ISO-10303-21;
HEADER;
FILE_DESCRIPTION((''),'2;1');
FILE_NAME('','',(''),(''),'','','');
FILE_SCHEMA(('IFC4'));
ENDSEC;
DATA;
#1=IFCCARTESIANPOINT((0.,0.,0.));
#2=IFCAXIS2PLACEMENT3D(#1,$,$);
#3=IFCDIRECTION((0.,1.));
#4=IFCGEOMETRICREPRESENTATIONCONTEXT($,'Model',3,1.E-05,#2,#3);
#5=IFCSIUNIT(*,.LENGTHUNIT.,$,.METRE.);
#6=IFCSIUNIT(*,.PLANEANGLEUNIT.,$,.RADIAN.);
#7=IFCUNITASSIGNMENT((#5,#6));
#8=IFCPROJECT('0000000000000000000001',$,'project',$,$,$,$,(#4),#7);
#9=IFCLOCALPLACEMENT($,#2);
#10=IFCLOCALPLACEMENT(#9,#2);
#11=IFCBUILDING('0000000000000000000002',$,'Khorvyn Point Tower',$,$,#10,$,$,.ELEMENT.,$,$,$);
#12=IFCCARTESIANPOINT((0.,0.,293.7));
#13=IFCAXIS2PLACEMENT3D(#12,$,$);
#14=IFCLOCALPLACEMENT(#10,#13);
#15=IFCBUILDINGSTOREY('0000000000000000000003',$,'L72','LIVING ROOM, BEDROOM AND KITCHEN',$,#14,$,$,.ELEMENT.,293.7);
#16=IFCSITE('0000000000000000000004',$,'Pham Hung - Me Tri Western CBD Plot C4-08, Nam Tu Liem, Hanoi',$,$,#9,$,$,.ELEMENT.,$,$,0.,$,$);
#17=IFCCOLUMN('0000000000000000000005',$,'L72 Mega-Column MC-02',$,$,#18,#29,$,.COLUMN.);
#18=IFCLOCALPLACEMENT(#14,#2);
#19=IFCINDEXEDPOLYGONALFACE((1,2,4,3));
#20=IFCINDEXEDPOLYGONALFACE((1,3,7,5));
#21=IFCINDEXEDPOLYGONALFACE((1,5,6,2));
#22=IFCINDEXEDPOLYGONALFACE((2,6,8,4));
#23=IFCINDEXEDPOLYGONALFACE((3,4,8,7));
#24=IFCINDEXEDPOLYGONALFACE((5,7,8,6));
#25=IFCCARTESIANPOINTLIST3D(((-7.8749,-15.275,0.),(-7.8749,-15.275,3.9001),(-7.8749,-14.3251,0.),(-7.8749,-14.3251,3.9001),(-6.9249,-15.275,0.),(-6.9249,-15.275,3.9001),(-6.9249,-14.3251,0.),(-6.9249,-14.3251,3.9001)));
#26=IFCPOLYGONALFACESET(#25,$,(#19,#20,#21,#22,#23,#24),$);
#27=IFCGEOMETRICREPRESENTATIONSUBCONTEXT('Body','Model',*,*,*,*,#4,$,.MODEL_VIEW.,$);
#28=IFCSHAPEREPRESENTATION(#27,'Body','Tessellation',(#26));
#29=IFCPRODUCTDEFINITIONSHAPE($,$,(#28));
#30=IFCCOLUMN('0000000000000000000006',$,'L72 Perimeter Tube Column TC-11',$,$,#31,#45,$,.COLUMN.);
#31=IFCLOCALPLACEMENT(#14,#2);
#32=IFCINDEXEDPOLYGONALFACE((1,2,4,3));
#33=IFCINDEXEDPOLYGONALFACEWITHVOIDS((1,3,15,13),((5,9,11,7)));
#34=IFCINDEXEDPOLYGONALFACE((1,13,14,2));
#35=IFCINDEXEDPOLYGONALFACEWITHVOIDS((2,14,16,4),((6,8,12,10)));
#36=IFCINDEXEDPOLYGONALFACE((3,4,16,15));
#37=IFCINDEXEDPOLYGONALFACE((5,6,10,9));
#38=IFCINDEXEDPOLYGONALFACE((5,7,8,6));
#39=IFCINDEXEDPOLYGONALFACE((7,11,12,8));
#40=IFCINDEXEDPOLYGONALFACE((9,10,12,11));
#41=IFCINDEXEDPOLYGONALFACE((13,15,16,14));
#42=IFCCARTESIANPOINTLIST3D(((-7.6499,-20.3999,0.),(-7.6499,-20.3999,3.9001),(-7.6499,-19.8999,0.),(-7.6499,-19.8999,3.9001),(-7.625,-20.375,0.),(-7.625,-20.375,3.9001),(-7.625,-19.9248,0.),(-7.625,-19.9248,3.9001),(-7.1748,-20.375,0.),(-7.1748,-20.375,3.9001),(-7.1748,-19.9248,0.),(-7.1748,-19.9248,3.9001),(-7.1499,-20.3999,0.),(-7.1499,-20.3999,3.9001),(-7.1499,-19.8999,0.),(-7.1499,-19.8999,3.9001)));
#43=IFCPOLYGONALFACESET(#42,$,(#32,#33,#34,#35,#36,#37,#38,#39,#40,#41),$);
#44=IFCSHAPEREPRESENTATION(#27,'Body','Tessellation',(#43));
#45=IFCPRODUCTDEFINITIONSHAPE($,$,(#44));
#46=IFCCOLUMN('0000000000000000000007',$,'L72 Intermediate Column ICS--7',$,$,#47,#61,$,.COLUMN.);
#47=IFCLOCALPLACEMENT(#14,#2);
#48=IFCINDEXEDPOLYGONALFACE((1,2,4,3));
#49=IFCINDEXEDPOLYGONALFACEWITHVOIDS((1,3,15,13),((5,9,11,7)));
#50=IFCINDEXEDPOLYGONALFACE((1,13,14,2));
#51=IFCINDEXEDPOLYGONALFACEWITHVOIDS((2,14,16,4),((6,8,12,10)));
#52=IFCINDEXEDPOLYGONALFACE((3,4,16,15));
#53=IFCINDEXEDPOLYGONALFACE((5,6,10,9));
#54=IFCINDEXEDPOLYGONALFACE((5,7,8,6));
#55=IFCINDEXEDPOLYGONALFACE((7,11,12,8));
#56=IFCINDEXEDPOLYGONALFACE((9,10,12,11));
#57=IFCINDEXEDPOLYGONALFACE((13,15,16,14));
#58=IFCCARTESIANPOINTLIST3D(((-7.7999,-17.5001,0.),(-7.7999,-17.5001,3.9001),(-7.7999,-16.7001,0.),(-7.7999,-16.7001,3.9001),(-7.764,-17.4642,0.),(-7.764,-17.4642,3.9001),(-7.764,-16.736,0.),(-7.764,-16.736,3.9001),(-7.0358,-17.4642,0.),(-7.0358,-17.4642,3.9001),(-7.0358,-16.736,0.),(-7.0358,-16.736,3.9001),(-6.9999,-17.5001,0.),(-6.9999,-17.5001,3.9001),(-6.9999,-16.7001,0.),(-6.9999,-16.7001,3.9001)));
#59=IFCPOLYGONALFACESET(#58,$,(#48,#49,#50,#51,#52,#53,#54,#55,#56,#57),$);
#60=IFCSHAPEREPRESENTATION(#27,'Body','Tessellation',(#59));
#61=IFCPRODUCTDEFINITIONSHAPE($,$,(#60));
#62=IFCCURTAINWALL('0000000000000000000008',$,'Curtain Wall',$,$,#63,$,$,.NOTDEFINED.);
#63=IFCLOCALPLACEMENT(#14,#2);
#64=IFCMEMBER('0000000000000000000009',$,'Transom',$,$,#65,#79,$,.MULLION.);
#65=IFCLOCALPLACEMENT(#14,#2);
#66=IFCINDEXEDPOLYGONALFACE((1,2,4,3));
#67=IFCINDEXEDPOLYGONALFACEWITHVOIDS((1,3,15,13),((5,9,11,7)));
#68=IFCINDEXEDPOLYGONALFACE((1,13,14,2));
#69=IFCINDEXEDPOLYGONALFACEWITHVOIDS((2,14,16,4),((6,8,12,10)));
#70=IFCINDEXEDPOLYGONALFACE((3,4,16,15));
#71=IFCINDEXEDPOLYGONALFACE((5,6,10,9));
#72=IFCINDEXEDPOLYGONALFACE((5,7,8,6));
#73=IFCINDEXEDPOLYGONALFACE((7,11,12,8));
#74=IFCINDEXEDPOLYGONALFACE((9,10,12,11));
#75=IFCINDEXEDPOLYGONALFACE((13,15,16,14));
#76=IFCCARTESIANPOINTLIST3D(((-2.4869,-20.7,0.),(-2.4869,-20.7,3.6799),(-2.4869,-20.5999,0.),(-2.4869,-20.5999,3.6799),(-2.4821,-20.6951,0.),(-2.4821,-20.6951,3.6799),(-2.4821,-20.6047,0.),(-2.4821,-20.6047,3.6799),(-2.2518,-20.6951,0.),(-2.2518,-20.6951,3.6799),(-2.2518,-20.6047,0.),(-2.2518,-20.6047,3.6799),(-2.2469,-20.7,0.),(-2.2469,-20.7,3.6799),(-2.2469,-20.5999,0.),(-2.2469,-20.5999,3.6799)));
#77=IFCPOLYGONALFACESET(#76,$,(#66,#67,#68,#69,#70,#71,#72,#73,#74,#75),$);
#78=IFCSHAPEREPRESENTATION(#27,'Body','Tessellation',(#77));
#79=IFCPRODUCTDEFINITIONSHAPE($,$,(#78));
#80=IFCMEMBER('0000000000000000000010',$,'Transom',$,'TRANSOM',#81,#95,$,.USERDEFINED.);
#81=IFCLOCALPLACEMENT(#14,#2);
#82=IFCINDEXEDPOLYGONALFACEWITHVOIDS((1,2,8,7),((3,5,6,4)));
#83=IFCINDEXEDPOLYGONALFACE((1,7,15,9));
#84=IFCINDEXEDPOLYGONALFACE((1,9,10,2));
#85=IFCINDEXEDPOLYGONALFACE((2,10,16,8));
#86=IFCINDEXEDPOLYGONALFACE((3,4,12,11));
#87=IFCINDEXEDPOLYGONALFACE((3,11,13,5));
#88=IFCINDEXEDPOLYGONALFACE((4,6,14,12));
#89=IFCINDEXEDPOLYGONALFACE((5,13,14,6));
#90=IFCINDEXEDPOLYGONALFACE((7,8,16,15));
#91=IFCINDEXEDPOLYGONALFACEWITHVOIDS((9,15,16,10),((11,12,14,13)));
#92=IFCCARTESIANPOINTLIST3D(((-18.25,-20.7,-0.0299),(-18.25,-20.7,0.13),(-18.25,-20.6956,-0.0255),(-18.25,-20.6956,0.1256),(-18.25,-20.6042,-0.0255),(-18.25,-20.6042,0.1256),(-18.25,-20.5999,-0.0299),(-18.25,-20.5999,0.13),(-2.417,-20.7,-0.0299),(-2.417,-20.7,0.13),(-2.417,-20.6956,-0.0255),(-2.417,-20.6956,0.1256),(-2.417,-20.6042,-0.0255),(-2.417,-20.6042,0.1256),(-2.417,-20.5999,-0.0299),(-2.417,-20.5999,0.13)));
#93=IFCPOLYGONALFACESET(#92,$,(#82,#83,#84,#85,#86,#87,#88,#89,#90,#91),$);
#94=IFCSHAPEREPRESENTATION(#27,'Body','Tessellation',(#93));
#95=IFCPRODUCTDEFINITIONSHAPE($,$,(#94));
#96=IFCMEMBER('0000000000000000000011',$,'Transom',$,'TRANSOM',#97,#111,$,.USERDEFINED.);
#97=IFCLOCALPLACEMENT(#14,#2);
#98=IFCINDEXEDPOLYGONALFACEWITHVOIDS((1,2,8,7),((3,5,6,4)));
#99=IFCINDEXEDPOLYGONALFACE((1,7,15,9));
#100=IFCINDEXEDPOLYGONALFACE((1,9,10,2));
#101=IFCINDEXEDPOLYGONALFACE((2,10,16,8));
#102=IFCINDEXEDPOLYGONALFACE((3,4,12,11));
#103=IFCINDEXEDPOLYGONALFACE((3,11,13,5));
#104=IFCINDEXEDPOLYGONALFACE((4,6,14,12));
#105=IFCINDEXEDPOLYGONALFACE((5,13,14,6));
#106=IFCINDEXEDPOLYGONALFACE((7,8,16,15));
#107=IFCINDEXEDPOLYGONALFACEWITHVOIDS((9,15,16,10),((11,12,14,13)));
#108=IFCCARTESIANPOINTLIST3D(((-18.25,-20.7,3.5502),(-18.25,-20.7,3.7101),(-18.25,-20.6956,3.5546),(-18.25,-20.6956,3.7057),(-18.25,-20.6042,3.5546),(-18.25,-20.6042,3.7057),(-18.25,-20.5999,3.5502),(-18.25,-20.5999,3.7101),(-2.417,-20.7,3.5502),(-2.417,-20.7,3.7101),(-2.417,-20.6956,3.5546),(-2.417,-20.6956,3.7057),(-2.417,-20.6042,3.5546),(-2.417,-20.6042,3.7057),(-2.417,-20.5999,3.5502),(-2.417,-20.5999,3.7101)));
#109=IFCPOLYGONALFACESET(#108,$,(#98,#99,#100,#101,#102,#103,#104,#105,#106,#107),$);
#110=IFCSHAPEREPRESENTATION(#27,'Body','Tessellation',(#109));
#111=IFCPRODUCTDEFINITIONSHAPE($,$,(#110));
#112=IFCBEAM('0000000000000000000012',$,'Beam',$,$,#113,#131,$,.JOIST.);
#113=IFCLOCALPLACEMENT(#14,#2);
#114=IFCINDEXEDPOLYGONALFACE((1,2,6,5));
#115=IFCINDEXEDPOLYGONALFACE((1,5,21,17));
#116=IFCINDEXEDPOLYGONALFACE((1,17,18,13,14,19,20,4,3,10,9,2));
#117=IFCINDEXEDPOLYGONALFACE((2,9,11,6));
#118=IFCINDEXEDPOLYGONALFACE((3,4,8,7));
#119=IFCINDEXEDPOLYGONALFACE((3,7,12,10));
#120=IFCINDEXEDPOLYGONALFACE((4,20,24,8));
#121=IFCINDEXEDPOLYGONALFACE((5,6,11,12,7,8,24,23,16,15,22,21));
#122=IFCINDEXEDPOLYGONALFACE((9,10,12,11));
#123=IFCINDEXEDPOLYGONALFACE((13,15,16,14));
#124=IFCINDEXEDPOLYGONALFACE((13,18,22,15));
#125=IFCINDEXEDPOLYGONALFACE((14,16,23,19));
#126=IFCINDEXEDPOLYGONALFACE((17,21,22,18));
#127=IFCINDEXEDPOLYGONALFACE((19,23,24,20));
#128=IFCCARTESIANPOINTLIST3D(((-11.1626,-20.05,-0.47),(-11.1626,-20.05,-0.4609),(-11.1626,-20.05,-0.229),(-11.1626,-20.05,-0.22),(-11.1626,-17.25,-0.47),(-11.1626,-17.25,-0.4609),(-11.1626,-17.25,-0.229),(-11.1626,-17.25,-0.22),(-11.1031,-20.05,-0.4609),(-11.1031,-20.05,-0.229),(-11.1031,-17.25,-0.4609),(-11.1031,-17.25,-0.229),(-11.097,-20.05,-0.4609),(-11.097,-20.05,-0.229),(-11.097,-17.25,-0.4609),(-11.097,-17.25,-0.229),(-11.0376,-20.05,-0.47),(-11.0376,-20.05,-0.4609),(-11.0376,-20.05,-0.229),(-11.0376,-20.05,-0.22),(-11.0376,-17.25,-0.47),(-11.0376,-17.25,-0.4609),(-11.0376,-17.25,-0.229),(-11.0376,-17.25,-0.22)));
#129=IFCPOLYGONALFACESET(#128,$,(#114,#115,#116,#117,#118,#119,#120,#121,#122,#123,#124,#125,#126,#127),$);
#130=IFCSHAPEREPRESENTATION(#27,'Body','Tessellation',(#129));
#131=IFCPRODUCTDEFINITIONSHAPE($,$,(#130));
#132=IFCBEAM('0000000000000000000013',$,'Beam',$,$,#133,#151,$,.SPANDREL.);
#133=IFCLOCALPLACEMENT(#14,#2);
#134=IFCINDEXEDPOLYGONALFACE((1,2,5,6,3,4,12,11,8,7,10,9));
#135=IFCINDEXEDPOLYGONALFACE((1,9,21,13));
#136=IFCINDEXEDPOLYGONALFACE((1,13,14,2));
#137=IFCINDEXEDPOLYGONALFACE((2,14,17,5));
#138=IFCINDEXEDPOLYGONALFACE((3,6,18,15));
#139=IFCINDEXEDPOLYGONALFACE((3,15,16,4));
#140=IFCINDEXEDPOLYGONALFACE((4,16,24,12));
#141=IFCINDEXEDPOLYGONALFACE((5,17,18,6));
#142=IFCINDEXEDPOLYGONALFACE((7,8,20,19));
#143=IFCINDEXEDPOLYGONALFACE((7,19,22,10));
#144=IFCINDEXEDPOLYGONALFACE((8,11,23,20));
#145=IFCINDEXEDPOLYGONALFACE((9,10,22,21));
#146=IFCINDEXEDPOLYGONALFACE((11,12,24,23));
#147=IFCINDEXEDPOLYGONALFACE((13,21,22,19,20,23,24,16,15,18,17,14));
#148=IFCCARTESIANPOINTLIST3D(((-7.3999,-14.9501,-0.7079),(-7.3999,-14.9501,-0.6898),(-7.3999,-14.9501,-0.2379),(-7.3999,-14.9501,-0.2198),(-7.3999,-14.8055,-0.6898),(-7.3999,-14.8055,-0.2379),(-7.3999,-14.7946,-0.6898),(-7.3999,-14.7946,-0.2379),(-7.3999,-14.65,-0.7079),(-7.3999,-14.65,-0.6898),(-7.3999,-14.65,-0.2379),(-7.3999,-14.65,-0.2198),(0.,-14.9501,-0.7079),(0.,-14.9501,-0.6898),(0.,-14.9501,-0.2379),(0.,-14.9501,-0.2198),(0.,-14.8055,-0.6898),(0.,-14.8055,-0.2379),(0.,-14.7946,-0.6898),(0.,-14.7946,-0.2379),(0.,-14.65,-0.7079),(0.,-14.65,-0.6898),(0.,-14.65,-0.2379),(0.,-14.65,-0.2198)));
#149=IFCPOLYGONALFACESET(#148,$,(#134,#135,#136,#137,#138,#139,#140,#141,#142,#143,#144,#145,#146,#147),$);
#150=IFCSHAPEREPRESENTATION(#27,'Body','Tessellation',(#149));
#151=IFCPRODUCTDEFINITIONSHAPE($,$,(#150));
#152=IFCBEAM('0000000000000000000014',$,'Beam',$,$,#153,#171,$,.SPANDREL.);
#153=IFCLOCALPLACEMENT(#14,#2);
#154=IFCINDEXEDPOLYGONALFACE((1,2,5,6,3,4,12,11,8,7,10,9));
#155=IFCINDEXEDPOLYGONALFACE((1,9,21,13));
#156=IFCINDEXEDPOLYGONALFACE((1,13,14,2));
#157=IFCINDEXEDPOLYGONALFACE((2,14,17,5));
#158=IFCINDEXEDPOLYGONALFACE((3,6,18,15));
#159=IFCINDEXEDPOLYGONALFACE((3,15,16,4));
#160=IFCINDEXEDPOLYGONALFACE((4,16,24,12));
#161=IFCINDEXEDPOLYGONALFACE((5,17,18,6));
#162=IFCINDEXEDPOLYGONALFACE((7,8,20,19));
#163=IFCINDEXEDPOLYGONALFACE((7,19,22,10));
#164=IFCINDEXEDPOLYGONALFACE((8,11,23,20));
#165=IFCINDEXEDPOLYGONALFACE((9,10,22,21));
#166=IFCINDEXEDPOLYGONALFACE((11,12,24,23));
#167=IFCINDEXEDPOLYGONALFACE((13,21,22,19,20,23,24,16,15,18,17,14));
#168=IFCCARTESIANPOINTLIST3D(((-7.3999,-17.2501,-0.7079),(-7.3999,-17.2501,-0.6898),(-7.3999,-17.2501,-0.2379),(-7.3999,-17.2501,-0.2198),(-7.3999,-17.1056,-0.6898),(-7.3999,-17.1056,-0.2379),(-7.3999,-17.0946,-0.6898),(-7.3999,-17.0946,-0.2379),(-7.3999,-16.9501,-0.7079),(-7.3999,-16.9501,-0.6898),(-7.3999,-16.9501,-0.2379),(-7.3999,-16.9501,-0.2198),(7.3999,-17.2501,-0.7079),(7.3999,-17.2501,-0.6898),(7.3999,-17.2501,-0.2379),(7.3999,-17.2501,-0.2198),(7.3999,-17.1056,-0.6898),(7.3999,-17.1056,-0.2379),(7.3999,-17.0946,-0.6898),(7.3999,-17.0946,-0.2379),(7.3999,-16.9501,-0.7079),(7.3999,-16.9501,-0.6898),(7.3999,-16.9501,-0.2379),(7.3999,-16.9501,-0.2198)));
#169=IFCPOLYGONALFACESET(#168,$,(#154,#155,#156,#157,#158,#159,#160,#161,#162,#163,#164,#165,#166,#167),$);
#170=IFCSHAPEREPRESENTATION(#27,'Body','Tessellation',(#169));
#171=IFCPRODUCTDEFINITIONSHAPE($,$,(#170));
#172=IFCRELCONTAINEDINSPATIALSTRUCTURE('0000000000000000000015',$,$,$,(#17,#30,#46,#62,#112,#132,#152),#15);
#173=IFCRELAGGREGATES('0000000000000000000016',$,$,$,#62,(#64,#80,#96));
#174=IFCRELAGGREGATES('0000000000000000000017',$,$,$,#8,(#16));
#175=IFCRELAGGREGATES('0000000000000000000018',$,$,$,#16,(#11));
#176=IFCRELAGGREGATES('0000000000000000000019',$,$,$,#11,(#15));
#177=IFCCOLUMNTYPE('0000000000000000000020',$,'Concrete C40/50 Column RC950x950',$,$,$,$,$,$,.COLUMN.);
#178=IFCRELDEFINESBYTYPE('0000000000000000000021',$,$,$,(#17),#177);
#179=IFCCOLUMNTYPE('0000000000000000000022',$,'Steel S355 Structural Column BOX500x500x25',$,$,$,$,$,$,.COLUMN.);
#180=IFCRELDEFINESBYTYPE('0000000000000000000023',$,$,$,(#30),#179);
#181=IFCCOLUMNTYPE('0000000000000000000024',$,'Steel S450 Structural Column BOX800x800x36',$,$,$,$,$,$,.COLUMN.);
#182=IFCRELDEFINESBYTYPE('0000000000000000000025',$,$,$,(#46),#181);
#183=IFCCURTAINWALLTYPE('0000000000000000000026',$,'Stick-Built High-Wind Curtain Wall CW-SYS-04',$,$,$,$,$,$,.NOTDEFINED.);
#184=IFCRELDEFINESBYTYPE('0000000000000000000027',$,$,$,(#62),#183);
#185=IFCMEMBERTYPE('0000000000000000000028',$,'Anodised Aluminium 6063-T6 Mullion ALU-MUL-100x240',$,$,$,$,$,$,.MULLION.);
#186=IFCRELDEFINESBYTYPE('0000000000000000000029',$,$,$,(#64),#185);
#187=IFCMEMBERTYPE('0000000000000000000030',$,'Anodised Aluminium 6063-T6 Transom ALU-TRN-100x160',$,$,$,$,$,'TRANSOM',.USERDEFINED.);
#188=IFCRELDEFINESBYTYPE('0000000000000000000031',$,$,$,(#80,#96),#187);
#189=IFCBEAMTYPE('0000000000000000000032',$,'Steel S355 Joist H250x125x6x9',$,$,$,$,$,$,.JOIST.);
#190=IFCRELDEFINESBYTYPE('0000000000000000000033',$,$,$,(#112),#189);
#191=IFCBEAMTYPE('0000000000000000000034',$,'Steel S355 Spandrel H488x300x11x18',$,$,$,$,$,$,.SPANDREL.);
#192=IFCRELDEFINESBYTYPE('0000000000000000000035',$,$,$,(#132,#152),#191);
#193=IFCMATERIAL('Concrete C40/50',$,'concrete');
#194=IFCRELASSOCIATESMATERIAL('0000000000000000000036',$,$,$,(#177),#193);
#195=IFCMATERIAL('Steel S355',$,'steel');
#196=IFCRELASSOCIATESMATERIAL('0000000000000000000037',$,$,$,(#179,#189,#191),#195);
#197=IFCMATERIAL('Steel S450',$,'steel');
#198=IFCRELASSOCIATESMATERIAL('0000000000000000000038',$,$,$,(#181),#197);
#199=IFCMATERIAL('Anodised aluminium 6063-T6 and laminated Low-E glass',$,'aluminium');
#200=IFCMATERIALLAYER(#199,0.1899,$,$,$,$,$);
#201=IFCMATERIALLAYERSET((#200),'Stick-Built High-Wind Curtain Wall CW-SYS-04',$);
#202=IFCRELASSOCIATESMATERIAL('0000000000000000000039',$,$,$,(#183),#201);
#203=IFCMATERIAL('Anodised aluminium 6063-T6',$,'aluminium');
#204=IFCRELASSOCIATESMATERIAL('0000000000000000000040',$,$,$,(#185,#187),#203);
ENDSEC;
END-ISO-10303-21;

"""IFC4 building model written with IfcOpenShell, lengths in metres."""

from ifc_helpers import new_model, si_unit, direction, frame, origin, origin_2d, place, context, subcontext, project, spatial, rectangle, hollow_rectangle, i_section, extrude, material, layer, layer_set, material_profile, profile_set, type_object, element, aggregate, save


model = new_model("IFC4")

# Units and contexts
model_context = context("Model", 3, precision=1e-05, world=origin(), true_north=direction((0.0, 1.0)))
body_context = subcontext(model_context, "Body", "Model", "MODEL_VIEW")
ifc_project = project(units=[si_unit("LENGTHUNIT", "METRE"), si_unit("PLANEANGLEUNIT", "RADIAN")], contexts=[model_context])

# Site, building, storey
site_placement = place(None, origin())
site = spatial("IfcSite", under=ifc_project, at=site_placement, Name="Pham Hung - Me Tri Western CBD Plot C4-08, Nam Tu Liem, Hanoi", CompositionType="ELEMENT", RefElevation=0.0)
building_placement = place(site_placement, origin())
building = spatial("IfcBuilding", under=site, at=building_placement, Name="Khorvyn Point Tower", CompositionType="ELEMENT")
storey_placement = place(building_placement, frame((0.0, 0.0, 293.7)))
storey = spatial("IfcBuildingStorey", under=building, at=storey_placement, Name="L72", Description="LIVING ROOM, BEDROOM AND KITCHEN", CompositionType="ELEMENT", Elevation=293.7)

# Columns
ifc_material_1 = material(Name="Concrete C40/50", Category="concrete")
ifc_material_profile_1 = material_profile(ifc_material_1, rectangle(XDim=0.95, YDim=0.95, at=origin_2d()))
ifc_profile_set_1 = profile_set([ifc_material_profile_1], Name="Concrete C40/50 RC950x950")
column_type_1 = type_object("IfcColumnType", Name="Concrete C40/50 Column RC950x950", PredefinedType="COLUMN", material=ifc_profile_set_1)
column_1_placement = place(storey_placement, frame((-7.3999, -14.8, 0.0), z_axis=(0.0, 0.0, 1.0), x_axis=(1.0, 0.0, 0.0)))
element("IfcColumn", 1, at=column_1_placement, inside=storey, type_object=column_type_1, Name="L72 Mega-Column MC-02", PredefinedType="COLUMN", context=body_context, shape_type="SweptSolid", body=[
    extrude(rectangle(XDim=0.95, YDim=0.95, at=origin_2d()), origin(), (0.0, 0.0, 1.0), 3.9001),
])
ifc_material_2 = material(Name="Steel S355", Category="steel")
ifc_material_profile_2 = material_profile(ifc_material_2, hollow_rectangle(XDim=0.5, YDim=0.5, WallThickness=0.0249, at=origin_2d()))
ifc_profile_set_2 = profile_set([ifc_material_profile_2], Name="Steel S355 BOX500x500x25")
column_type_2 = type_object("IfcColumnType", Name="Steel S355 Structural Column BOX500x500x25", PredefinedType="COLUMN", material=ifc_profile_set_2)
column_2_placement = place(storey_placement, frame((-7.3999, -20.1499, 0.0), z_axis=(0.0, 0.0, 1.0), x_axis=(1.0, 0.0, 0.0)))
element("IfcColumn", 2, at=column_2_placement, inside=storey, type_object=column_type_2, Name="L72 Perimeter Tube Column TC-11", PredefinedType="COLUMN", context=body_context, shape_type="SweptSolid", body=[
    extrude(hollow_rectangle(XDim=0.5, YDim=0.5, WallThickness=0.0249, at=origin_2d()), origin(), (0.0, 0.0, 1.0), 3.9001),
])
ifc_material_3 = material(Name="Steel S450", Category="steel")
ifc_material_profile_3 = material_profile(ifc_material_3, hollow_rectangle(XDim=0.8, YDim=0.8, WallThickness=0.0359, at=origin_2d()))
ifc_profile_set_3 = profile_set([ifc_material_profile_3], Name="Steel S450 BOX800x800x36")
column_type_3 = type_object("IfcColumnType", Name="Steel S450 Structural Column BOX800x800x36", PredefinedType="COLUMN", material=ifc_profile_set_3)
column_3_placement = place(storey_placement, frame((-7.3999, -17.1001, 0.0), z_axis=(0.0, 0.0, 1.0), x_axis=(1.0, 0.0, 0.0)))
element("IfcColumn", 3, at=column_3_placement, inside=storey, type_object=column_type_3, Name="L72 Intermediate Column ICS--7", PredefinedType="COLUMN", context=body_context, shape_type="SweptSolid", body=[
    extrude(hollow_rectangle(XDim=0.8, YDim=0.8, WallThickness=0.0359, at=origin_2d()), origin(), (0.0, 0.0, 1.0), 3.9001),
])

# Curtain wall, members
ifc_material_4 = material(Name="Anodised aluminium 6063-T6 and laminated Low-E glass", Category="aluminium")
ifc_layer_1 = layer(ifc_material_4, 0.1899)
ifc_layer_set_1 = layer_set([ifc_layer_1], Name="Stick-Built High-Wind Curtain Wall CW-SYS-04")
curtain_wall_type = type_object("IfcCurtainWallType", Name="Stick-Built High-Wind Curtain Wall CW-SYS-04", PredefinedType="NOTDEFINED", material=ifc_layer_set_1)
curtain_wall_placement = place(storey_placement, origin())
curtain_wall = element("IfcCurtainWall", 4, at=curtain_wall_placement, inside=storey, type_object=curtain_wall_type, Name="Curtain Wall", PredefinedType="NOTDEFINED")
ifc_material_5 = material(Name="Anodised aluminium 6063-T6", Category="aluminium")
ifc_material_profile_4 = material_profile(ifc_material_5, hollow_rectangle(XDim=0.1001, YDim=0.24, WallThickness=0.0049, at=origin_2d()))
ifc_profile_set_4 = profile_set([ifc_material_profile_4], Name="Anodised aluminium 6063-T6 ALU-MUL-100x240")
member_type_1 = type_object("IfcMemberType", Name="Anodised Aluminium 6063-T6 Mullion ALU-MUL-100x240", PredefinedType="MULLION", material=ifc_profile_set_4)
member_1_placement = place(storey_placement, frame((-2.3669, -20.6499, 0.0), z_axis=(0.0, 0.0, 1.0), x_axis=(0.0, -1.0, 0.0)))
member_1 = element("IfcMember", 5, at=member_1_placement, type_object=member_type_1, Name="Transom", PredefinedType="MULLION", context=body_context, shape_type="SweptSolid", body=[
    extrude(hollow_rectangle(XDim=0.1001, YDim=0.24, WallThickness=0.0049, at=origin_2d()), origin(), (0.0, 0.0, 1.0), 3.6799),
])
ifc_material_profile_5 = material_profile(ifc_material_5, hollow_rectangle(XDim=0.1001, YDim=0.1599, WallThickness=0.0044, at=origin_2d()))
ifc_profile_set_5 = profile_set([ifc_material_profile_5], Name="Anodised aluminium 6063-T6 ALU-TRN-100x160")
member_type_2 = type_object("IfcMemberType", Name="Anodised Aluminium 6063-T6 Transom ALU-TRN-100x160", ElementType="TRANSOM", PredefinedType="USERDEFINED", material=ifc_profile_set_5)
member_2_placement = place(storey_placement, frame((-2.417, -20.6499, 0.05), z_axis=(-1.0, 0.0, 0.0), x_axis=(0.0, -1.0, 0.0)))
member_2 = element("IfcMember", 6, at=member_2_placement, type_object=member_type_2, Name="Transom", ObjectType="TRANSOM", PredefinedType="USERDEFINED", context=body_context, shape_type="SweptSolid", body=[
    extrude(hollow_rectangle(XDim=0.1001, YDim=0.1599, WallThickness=0.0044, at=origin_2d()), origin(), (0.0, 0.0, 1.0), 15.833),
])
member_3_placement = place(storey_placement, frame((-2.417, -20.6499, 3.6301), z_axis=(-1.0, 0.0, 0.0), x_axis=(0.0, -1.0, 0.0)))
member_3 = element("IfcMember", 7, at=member_3_placement, type_object=member_type_2, Name="Transom", ObjectType="TRANSOM", PredefinedType="USERDEFINED", context=body_context, shape_type="SweptSolid", body=[
    extrude(hollow_rectangle(XDim=0.1001, YDim=0.1599, WallThickness=0.0044, at=origin_2d()), origin(), (0.0, 0.0, 1.0), 15.833),
])

# Beams
ifc_material_profile_6 = material_profile(ifc_material_2, i_section(OverallWidth=0.125, OverallDepth=0.25, WebThickness=0.0061, FlangeThickness=0.009, at=origin_2d()))
ifc_profile_set_6 = profile_set([ifc_material_profile_6], Name="Steel S355 H250x125x6x9")
beam_type_1 = type_object("IfcBeamType", Name="Steel S355 Joist H250x125x6x9", PredefinedType="JOIST", material=ifc_profile_set_6)
beam_1_placement = place(storey_placement, frame((-11.1001, -20.05, -0.345), z_axis=(0.0, 1.0, 0.0), x_axis=(-1.0, 0.0, 0.0)))
element("IfcBeam", 8, at=beam_1_placement, inside=storey, type_object=beam_type_1, Name="Beam", PredefinedType="JOIST", context=body_context, shape_type="SweptSolid", body=[
    extrude(i_section(OverallWidth=0.125, OverallDepth=0.25, WebThickness=0.0061, FlangeThickness=0.009, at=origin_2d()), origin(), (0.0, 0.0, 1.0), 2.8),
])
ifc_material_profile_7 = material_profile(ifc_material_2, i_section(OverallWidth=0.3, OverallDepth=0.488, WebThickness=0.011, FlangeThickness=0.0181, at=origin_2d()))
ifc_profile_set_7 = profile_set([ifc_material_profile_7], Name="Steel S355 H488x300x11x18")
beam_type_2 = type_object("IfcBeamType", Name="Steel S355 Spandrel H488x300x11x18", PredefinedType="SPANDREL", material=ifc_profile_set_7)
beam_2_placement = place(storey_placement, frame((-7.3999, -14.8, -0.4639), z_axis=(1.0, 0.0, 0.0), x_axis=(0.0, 1.0, 0.0)))
element("IfcBeam", 9, at=beam_2_placement, inside=storey, type_object=beam_type_2, Name="Beam", PredefinedType="SPANDREL", context=body_context, shape_type="SweptSolid", body=[
    extrude(i_section(OverallWidth=0.3, OverallDepth=0.488, WebThickness=0.011, FlangeThickness=0.0181, at=origin_2d()), origin(), (0.0, 0.0, 1.0), 7.3999),
])
beam_3_placement = place(storey_placement, frame((-7.3999, -17.1001, -0.4639), z_axis=(1.0, 0.0, 0.0), x_axis=(0.0, 1.0, 0.0)))
element("IfcBeam", 10, at=beam_3_placement, inside=storey, type_object=beam_type_2, Name="Beam", PredefinedType="SPANDREL", context=body_context, shape_type="SweptSolid", body=[
    extrude(i_section(OverallWidth=0.3, OverallDepth=0.488, WebThickness=0.011, FlangeThickness=0.0181, at=origin_2d()), origin(), (0.0, 0.0, 1.0), 14.7998),
])

aggregate(curtain_wall, [member_1, member_2, member_3])

save(model, "model.ifc")
